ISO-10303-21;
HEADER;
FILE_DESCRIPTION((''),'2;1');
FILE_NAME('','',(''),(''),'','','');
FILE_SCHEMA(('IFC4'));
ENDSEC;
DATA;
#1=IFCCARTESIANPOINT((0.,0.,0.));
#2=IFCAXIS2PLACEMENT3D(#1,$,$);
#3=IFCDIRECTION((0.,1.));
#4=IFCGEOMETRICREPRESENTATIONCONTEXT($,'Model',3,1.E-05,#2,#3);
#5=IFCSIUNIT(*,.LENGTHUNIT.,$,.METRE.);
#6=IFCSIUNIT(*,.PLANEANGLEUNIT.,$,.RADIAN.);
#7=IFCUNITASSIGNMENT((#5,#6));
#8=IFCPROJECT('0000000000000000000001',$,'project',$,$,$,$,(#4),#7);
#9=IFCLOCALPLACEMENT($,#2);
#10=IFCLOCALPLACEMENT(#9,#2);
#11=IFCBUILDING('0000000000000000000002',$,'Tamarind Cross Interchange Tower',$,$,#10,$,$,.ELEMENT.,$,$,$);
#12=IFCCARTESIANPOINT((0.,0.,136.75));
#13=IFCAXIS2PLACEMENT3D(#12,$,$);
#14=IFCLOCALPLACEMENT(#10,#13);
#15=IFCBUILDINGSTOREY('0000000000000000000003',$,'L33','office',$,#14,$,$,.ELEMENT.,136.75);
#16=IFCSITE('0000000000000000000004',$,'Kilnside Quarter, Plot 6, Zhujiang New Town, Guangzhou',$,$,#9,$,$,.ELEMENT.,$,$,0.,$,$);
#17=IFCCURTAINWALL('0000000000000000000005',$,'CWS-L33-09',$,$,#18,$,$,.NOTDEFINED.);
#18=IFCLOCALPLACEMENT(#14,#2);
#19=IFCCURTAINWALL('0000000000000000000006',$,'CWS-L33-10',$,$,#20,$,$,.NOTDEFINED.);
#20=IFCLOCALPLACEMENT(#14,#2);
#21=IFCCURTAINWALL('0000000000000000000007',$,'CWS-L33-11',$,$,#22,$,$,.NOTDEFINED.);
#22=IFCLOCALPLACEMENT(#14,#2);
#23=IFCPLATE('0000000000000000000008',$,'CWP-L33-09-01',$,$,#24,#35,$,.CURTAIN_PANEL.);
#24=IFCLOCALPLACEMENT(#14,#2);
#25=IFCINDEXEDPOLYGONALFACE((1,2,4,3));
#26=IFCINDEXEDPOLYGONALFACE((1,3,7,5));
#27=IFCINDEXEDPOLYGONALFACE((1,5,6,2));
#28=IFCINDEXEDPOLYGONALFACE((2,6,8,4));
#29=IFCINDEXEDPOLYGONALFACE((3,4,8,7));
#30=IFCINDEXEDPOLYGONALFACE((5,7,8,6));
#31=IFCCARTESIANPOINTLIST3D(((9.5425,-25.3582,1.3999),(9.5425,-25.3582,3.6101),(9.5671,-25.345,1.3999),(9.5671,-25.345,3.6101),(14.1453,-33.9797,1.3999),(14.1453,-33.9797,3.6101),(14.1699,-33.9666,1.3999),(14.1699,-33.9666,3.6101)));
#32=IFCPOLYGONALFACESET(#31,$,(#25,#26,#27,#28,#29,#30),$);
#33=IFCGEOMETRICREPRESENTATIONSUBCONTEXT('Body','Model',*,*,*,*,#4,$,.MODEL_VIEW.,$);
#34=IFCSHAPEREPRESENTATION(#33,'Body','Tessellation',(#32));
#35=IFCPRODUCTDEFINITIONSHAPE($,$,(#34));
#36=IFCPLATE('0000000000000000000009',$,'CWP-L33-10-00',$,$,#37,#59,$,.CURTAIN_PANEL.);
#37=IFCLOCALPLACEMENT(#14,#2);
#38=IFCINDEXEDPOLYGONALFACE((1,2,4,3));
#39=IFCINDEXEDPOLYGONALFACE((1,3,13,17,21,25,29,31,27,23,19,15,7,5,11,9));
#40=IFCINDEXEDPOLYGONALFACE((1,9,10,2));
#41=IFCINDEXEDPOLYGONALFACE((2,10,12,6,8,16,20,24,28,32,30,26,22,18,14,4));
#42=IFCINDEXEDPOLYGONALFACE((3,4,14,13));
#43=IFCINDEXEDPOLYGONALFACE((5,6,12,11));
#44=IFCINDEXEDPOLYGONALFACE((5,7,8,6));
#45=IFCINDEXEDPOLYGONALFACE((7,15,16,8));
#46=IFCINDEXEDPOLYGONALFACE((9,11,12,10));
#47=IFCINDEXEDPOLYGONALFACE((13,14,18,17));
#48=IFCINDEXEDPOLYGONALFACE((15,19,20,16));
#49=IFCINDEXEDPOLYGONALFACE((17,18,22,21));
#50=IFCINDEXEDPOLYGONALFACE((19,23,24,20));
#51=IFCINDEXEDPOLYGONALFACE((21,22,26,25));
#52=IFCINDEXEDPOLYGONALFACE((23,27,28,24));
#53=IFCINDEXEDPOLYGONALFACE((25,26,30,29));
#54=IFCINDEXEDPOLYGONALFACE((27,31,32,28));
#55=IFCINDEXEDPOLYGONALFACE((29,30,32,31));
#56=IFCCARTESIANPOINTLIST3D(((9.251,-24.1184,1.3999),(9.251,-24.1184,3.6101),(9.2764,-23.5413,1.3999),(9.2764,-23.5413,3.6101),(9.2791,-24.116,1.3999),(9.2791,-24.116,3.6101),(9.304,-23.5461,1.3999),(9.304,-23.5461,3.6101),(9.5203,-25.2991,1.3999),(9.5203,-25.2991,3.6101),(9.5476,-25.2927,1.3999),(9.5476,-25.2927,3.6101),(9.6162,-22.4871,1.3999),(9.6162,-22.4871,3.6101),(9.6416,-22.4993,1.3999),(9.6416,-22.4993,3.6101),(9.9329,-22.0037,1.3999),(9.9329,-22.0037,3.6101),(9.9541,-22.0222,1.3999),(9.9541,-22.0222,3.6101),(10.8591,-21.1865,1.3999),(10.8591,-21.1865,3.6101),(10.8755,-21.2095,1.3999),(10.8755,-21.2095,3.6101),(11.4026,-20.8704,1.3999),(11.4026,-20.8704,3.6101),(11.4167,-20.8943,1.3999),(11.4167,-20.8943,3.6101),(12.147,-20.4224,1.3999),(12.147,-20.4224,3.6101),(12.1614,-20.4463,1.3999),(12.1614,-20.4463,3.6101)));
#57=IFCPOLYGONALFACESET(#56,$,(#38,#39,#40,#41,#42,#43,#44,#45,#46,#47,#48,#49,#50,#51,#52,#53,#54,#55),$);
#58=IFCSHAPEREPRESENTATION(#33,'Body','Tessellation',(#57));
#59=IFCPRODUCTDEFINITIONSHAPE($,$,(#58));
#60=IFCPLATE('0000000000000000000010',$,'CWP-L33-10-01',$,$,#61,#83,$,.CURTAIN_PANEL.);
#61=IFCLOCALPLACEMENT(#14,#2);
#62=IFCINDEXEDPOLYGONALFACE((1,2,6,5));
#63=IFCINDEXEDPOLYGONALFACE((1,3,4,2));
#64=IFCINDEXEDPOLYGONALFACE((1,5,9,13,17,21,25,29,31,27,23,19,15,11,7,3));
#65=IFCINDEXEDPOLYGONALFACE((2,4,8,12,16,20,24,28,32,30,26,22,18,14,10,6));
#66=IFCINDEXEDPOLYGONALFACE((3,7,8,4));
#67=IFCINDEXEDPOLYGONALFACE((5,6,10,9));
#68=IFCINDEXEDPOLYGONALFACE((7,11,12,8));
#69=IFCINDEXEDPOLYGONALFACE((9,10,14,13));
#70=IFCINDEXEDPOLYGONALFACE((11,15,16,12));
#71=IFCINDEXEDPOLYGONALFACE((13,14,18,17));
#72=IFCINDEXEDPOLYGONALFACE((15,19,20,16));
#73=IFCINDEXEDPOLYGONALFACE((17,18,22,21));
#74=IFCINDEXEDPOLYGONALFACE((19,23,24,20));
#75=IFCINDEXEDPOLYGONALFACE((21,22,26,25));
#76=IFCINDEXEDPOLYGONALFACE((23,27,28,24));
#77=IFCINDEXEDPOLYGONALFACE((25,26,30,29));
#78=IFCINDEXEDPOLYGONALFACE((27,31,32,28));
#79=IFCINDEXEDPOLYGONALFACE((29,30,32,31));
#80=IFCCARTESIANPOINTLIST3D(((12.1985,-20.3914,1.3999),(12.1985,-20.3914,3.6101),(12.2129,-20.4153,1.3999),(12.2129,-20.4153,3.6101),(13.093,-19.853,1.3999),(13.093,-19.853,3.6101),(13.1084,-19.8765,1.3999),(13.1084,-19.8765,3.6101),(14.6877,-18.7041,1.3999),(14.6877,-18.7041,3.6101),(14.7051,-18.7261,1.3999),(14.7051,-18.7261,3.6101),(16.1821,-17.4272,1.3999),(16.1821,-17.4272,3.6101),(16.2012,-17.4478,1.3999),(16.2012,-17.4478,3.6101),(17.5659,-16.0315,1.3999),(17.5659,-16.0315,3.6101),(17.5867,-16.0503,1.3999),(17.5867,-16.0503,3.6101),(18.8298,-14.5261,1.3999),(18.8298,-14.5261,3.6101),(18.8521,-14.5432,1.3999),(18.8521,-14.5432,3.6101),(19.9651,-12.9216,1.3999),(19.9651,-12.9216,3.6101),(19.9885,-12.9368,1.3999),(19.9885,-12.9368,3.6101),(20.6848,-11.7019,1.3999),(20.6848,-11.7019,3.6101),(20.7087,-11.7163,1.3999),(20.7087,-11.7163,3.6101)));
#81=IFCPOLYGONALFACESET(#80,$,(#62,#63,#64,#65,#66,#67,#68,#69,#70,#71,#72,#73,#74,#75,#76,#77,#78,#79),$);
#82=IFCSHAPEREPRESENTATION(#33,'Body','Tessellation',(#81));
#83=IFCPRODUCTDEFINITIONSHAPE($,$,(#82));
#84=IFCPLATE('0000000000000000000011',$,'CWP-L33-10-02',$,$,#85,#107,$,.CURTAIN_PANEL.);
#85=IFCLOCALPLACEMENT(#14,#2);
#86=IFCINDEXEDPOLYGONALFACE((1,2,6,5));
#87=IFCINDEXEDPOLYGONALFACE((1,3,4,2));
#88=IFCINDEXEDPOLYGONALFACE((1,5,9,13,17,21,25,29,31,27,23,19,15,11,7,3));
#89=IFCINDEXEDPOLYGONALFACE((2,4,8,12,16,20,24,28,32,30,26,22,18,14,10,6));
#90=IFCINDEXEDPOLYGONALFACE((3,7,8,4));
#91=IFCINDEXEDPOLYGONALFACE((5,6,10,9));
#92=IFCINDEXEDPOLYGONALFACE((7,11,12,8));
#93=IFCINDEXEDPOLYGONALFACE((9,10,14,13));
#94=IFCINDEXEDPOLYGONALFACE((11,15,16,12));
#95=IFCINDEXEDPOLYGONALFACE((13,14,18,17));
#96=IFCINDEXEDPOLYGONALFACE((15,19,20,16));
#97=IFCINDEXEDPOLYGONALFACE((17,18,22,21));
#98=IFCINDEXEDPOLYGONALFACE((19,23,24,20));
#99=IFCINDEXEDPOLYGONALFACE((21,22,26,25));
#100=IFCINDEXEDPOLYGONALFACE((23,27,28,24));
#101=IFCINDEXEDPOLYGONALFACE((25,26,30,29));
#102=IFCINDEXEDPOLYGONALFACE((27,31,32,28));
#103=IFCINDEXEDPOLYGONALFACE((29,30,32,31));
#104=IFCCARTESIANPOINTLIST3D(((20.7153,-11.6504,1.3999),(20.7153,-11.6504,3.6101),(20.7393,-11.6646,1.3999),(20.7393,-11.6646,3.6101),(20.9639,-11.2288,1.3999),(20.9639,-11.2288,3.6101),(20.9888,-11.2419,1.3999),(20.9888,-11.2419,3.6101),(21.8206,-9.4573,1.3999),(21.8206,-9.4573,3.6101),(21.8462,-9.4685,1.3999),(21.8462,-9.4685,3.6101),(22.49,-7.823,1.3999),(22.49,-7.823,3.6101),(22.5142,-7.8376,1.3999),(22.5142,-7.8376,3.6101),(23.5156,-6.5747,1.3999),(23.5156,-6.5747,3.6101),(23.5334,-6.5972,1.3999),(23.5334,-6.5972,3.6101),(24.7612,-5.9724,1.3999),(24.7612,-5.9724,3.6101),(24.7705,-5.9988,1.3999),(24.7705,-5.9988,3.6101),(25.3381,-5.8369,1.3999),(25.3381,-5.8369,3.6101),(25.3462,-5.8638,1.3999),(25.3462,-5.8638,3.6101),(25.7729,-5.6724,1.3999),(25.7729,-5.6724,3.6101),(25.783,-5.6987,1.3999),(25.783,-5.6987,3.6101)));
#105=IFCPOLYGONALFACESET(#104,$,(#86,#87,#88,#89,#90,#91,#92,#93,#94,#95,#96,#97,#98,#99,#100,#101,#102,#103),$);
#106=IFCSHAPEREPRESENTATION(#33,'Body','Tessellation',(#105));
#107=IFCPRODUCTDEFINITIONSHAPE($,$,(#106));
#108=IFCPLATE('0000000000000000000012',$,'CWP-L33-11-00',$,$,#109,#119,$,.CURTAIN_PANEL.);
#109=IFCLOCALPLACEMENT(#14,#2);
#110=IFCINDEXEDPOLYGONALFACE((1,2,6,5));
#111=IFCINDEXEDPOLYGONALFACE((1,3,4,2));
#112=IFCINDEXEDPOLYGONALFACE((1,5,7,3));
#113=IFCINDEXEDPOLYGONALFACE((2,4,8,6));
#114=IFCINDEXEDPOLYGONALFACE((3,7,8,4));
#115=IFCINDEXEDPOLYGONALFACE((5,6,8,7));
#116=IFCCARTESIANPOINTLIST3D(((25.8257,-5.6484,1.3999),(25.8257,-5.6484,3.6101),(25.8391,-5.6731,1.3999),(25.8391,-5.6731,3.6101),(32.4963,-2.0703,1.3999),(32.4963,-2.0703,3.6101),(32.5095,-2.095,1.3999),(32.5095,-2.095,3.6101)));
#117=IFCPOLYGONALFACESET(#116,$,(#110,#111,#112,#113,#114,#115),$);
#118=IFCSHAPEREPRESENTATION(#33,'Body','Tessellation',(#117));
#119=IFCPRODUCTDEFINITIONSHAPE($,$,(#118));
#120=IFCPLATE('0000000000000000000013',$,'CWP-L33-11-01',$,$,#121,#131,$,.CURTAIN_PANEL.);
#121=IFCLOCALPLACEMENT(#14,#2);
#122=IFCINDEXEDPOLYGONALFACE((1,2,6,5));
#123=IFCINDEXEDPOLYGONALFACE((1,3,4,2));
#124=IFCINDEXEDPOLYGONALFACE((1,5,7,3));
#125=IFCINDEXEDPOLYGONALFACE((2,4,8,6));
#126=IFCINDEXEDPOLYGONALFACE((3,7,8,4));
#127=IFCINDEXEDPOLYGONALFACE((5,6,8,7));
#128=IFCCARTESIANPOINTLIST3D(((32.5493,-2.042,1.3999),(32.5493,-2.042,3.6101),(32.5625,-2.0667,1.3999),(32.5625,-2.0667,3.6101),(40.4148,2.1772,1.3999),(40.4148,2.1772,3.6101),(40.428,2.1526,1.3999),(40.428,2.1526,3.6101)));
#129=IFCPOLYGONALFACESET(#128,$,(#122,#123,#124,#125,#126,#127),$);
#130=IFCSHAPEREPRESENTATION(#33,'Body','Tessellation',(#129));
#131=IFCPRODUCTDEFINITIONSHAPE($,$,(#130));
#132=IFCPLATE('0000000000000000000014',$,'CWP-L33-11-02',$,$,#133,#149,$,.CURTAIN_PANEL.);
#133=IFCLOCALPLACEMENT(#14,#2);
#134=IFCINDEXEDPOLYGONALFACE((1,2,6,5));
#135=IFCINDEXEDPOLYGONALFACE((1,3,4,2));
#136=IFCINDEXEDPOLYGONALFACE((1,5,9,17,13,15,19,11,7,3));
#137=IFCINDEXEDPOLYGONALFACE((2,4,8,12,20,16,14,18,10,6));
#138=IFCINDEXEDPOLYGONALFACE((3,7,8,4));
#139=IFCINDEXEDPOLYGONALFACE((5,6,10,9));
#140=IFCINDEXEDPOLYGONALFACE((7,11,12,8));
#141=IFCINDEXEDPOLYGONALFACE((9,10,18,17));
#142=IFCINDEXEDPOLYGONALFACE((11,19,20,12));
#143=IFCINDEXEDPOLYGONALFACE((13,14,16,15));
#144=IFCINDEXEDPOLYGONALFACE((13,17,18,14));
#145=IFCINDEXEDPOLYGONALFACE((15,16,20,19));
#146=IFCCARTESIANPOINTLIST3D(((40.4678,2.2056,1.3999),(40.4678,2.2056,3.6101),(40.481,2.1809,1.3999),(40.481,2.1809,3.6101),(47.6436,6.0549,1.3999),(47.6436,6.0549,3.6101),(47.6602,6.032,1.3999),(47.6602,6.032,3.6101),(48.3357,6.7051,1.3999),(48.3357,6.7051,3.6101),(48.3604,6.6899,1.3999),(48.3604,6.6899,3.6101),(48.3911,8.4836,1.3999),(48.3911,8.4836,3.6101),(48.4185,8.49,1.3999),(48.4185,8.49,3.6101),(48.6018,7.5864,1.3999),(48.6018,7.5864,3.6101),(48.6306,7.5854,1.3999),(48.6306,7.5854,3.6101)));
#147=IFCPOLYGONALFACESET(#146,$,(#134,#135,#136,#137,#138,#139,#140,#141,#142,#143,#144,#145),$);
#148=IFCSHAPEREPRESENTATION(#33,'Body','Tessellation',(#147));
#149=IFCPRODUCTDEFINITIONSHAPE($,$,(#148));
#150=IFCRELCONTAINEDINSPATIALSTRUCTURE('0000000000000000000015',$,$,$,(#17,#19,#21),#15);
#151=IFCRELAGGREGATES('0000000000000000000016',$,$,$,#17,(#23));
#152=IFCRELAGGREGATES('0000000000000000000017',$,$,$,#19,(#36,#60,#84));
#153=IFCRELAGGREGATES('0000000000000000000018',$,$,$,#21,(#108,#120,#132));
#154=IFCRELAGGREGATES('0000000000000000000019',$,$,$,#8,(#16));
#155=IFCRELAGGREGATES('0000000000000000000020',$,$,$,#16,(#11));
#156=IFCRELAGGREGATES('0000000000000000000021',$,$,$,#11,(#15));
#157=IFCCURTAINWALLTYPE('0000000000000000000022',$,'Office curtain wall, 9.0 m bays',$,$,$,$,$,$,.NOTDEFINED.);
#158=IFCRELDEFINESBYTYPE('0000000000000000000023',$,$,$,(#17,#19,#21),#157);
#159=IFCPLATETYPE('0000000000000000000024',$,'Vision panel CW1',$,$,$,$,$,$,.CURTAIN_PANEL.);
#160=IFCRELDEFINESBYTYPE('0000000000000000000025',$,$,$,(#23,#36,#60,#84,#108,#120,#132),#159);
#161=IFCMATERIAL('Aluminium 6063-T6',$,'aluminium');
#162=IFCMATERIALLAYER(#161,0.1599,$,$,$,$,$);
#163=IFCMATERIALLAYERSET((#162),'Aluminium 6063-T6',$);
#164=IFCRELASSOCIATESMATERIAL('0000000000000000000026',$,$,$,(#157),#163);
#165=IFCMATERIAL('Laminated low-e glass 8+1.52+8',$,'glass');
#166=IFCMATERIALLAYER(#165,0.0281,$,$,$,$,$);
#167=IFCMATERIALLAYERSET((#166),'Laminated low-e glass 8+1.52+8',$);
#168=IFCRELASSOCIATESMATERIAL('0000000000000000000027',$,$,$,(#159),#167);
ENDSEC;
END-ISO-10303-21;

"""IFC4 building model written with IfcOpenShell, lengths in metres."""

from ifc_helpers import new_model, si_unit, direction, frame, origin, place, context, subcontext, project, spatial, polyline, outline, extrude, material, layer, layer_set, type_object, element, aggregate, save


model = new_model("IFC4")

# Units and contexts
model_context = context("Model", 3, precision=1e-05, world=origin(), true_north=direction((0.0, 1.0)))
body_context = subcontext(model_context, "Body", "Model", "MODEL_VIEW")
ifc_project = project(units=[si_unit("LENGTHUNIT", "METRE"), si_unit("PLANEANGLEUNIT", "RADIAN")], contexts=[model_context])

# Site, building, storey
site_placement = place(None, origin())
site = spatial("IfcSite", under=ifc_project, at=site_placement, Name="Kilnside Quarter, Plot 6, Zhujiang New Town, Guangzhou", CompositionType="ELEMENT", RefElevation=0.0)
building_placement = place(site_placement, origin())
building = spatial("IfcBuilding", under=site, at=building_placement, Name="Tamarind Cross Interchange Tower", CompositionType="ELEMENT")
storey_placement = place(building_placement, frame((0.0, 0.0, 136.75)))
storey = spatial("IfcBuildingStorey", under=building, at=storey_placement, Name="L33", Description="office", CompositionType="ELEMENT", Elevation=136.75)

# Curtain walls
ifc_material_1 = material(Name="Aluminium 6063-T6", Category="aluminium")
ifc_layer_1 = layer(ifc_material_1, 0.1599)
ifc_layer_set_1 = layer_set([ifc_layer_1], Name="Aluminium 6063-T6")
curtain_wall_type = type_object("IfcCurtainWallType", Name="Office curtain wall, 9.0 m bays", PredefinedType="NOTDEFINED", material=ifc_layer_set_1)
curtain_wall_1_placement = place(storey_placement, origin())
curtain_wall_1 = element("IfcCurtainWall", 1, at=curtain_wall_1_placement, inside=storey, type_object=curtain_wall_type, Name="CWS-L33-09", PredefinedType="NOTDEFINED")
curtain_wall_2_placement = place(storey_placement, origin())
curtain_wall_2 = element("IfcCurtainWall", 2, at=curtain_wall_2_placement, inside=storey, type_object=curtain_wall_type, Name="CWS-L33-10", PredefinedType="NOTDEFINED")
curtain_wall_3_placement = place(storey_placement, origin())
curtain_wall_3 = element("IfcCurtainWall", 3, at=curtain_wall_3_placement, inside=storey, type_object=curtain_wall_type, Name="CWS-L33-11", PredefinedType="NOTDEFINED")

# Plates
ifc_material_2 = material(Name="Laminated low-e glass 8+1.52+8", Category="glass")
ifc_layer_2 = layer(ifc_material_2, 0.0281)
ifc_layer_set_2 = layer_set([ifc_layer_2], Name="Laminated low-e glass 8+1.52+8")
plate_type = type_object("IfcPlateType", Name="Vision panel CW1", PredefinedType="CURTAIN_PANEL", material=ifc_layer_set_2)
plate_1_placement = place(storey_placement, frame((0.0, 0.0, 1.3999)))
plate_1 = element("IfcPlate", 4, at=plate_1_placement, type_object=plate_type, Name="CWP-L33-09-01", PredefinedType="CURTAIN_PANEL", context=body_context, shape_type="SweptSolid", body=[
    extrude(outline(polyline([(14.1453, -33.9797), (9.5425, -25.3582), (9.5671, -25.345), (14.1699, -33.9666), (14.1453, -33.9797)])), origin(), (0.0, 0.0, 1.0), 2.2102),
])
aggregate(curtain_wall_1, [plate_1])
plate_2_placement = place(storey_placement, frame((0.0, 0.0, 1.3999)))
plate_2 = element("IfcPlate", 5, at=plate_2_placement, type_object=plate_type, Name="CWP-L33-10-00", PredefinedType="CURTAIN_PANEL", context=body_context, shape_type="SweptSolid", body=[
    extrude(outline(polyline([(9.5203, -25.2991), (9.251, -24.1184), (9.2764, -23.5413), (9.6162, -22.4871), (9.9329, -22.0037), (10.8591, -21.1865), (11.4026, -20.8704), (12.147, -20.4224), (12.1614, -20.4463), (11.4167, -20.8943), (10.8755, -21.2095), (9.9541, -22.0222), (9.6416, -22.4993), (9.304, -23.5461), (9.2791, -24.116), (9.5476, -25.2927), (9.5203, -25.2991)])), origin(), (0.0, 0.0, 1.0), 2.2102),
])
plate_3_placement = place(storey_placement, frame((0.0, 0.0, 1.3999)))
plate_3 = element("IfcPlate", 6, at=plate_3_placement, type_object=plate_type, Name="CWP-L33-10-01", PredefinedType="CURTAIN_PANEL", context=body_context, shape_type="SweptSolid", body=[
    extrude(outline(polyline([(12.1985, -20.3914), (13.093, -19.853), (14.6877, -18.7041), (16.1821, -17.4272), (17.5659, -16.0315), (18.8298, -14.5261), (19.9651, -12.9216), (20.6848, -11.7019), (20.7087, -11.7163), (19.9885, -12.9368), (18.8521, -14.5432), (17.5867, -16.0503), (16.2012, -17.4478), (14.7051, -18.7261), (13.1084, -19.8765), (12.2129, -20.4153), (12.1985, -20.3914)])), origin(), (0.0, 0.0, 1.0), 2.2102),
])
plate_4_placement = place(storey_placement, frame((0.0, 0.0, 1.3999)))
plate_4 = element("IfcPlate", 7, at=plate_4_placement, type_object=plate_type, Name="CWP-L33-10-02", PredefinedType="CURTAIN_PANEL", context=body_context, shape_type="SweptSolid", body=[
    extrude(outline(polyline([(20.7153, -11.6504), (20.9639, -11.2288), (21.8206, -9.4573), (22.49, -7.823), (23.5156, -6.5747), (24.7612, -5.9724), (25.3381, -5.8369), (25.7729, -5.6724), (25.783, -5.6987), (25.3462, -5.8638), (24.7705, -5.9988), (23.5334, -6.5972), (22.5142, -7.8376), (21.8462, -9.4685), (20.9888, -11.2419), (20.7393, -11.6646), (20.7153, -11.6504)])), origin(), (0.0, 0.0, 1.0), 2.2102),
])
aggregate(curtain_wall_2, [plate_2, plate_3, plate_4])
plate_5_placement = place(storey_placement, frame((0.0, 0.0, 1.3999)))
plate_5 = element("IfcPlate", 8, at=plate_5_placement, type_object=plate_type, Name="CWP-L33-11-00", PredefinedType="CURTAIN_PANEL", context=body_context, shape_type="SweptSolid", body=[
    extrude(outline(polyline([(25.8257, -5.6484), (32.4963, -2.0703), (32.5095, -2.095), (25.8391, -5.6731), (25.8257, -5.6484)])), origin(), (0.0, 0.0, 1.0), 2.2102),
])
plate_6_placement = place(storey_placement, frame((0.0, 0.0, 1.3999)))
plate_6 = element("IfcPlate", 9, at=plate_6_placement, type_object=plate_type, Name="CWP-L33-11-01", PredefinedType="CURTAIN_PANEL", context=body_context, shape_type="SweptSolid", body=[
    extrude(outline(polyline([(32.5493, -2.042), (40.4148, 2.1772), (40.428, 2.1526), (32.5625, -2.0667), (32.5493, -2.042)])), origin(), (0.0, 0.0, 1.0), 2.2102),
])
plate_7_placement = place(storey_placement, frame((0.0, 0.0, 1.3999)))
plate_7 = element("IfcPlate", 10, at=plate_7_placement, type_object=plate_type, Name="CWP-L33-11-02", PredefinedType="CURTAIN_PANEL", context=body_context, shape_type="SweptSolid", body=[
    extrude(outline(polyline([(40.4678, 2.2056), (47.6436, 6.0549), (48.3357, 6.7051), (48.6018, 7.5864), (48.3911, 8.4836), (48.4185, 8.49), (48.6306, 7.5854), (48.3604, 6.6899), (47.6602, 6.032), (40.481, 2.1809), (40.4678, 2.2056)])), origin(), (0.0, 0.0, 1.0), 2.2102),
])
aggregate(curtain_wall_3, [plate_5, plate_6, plate_7])

save(model, "model.ifc")
